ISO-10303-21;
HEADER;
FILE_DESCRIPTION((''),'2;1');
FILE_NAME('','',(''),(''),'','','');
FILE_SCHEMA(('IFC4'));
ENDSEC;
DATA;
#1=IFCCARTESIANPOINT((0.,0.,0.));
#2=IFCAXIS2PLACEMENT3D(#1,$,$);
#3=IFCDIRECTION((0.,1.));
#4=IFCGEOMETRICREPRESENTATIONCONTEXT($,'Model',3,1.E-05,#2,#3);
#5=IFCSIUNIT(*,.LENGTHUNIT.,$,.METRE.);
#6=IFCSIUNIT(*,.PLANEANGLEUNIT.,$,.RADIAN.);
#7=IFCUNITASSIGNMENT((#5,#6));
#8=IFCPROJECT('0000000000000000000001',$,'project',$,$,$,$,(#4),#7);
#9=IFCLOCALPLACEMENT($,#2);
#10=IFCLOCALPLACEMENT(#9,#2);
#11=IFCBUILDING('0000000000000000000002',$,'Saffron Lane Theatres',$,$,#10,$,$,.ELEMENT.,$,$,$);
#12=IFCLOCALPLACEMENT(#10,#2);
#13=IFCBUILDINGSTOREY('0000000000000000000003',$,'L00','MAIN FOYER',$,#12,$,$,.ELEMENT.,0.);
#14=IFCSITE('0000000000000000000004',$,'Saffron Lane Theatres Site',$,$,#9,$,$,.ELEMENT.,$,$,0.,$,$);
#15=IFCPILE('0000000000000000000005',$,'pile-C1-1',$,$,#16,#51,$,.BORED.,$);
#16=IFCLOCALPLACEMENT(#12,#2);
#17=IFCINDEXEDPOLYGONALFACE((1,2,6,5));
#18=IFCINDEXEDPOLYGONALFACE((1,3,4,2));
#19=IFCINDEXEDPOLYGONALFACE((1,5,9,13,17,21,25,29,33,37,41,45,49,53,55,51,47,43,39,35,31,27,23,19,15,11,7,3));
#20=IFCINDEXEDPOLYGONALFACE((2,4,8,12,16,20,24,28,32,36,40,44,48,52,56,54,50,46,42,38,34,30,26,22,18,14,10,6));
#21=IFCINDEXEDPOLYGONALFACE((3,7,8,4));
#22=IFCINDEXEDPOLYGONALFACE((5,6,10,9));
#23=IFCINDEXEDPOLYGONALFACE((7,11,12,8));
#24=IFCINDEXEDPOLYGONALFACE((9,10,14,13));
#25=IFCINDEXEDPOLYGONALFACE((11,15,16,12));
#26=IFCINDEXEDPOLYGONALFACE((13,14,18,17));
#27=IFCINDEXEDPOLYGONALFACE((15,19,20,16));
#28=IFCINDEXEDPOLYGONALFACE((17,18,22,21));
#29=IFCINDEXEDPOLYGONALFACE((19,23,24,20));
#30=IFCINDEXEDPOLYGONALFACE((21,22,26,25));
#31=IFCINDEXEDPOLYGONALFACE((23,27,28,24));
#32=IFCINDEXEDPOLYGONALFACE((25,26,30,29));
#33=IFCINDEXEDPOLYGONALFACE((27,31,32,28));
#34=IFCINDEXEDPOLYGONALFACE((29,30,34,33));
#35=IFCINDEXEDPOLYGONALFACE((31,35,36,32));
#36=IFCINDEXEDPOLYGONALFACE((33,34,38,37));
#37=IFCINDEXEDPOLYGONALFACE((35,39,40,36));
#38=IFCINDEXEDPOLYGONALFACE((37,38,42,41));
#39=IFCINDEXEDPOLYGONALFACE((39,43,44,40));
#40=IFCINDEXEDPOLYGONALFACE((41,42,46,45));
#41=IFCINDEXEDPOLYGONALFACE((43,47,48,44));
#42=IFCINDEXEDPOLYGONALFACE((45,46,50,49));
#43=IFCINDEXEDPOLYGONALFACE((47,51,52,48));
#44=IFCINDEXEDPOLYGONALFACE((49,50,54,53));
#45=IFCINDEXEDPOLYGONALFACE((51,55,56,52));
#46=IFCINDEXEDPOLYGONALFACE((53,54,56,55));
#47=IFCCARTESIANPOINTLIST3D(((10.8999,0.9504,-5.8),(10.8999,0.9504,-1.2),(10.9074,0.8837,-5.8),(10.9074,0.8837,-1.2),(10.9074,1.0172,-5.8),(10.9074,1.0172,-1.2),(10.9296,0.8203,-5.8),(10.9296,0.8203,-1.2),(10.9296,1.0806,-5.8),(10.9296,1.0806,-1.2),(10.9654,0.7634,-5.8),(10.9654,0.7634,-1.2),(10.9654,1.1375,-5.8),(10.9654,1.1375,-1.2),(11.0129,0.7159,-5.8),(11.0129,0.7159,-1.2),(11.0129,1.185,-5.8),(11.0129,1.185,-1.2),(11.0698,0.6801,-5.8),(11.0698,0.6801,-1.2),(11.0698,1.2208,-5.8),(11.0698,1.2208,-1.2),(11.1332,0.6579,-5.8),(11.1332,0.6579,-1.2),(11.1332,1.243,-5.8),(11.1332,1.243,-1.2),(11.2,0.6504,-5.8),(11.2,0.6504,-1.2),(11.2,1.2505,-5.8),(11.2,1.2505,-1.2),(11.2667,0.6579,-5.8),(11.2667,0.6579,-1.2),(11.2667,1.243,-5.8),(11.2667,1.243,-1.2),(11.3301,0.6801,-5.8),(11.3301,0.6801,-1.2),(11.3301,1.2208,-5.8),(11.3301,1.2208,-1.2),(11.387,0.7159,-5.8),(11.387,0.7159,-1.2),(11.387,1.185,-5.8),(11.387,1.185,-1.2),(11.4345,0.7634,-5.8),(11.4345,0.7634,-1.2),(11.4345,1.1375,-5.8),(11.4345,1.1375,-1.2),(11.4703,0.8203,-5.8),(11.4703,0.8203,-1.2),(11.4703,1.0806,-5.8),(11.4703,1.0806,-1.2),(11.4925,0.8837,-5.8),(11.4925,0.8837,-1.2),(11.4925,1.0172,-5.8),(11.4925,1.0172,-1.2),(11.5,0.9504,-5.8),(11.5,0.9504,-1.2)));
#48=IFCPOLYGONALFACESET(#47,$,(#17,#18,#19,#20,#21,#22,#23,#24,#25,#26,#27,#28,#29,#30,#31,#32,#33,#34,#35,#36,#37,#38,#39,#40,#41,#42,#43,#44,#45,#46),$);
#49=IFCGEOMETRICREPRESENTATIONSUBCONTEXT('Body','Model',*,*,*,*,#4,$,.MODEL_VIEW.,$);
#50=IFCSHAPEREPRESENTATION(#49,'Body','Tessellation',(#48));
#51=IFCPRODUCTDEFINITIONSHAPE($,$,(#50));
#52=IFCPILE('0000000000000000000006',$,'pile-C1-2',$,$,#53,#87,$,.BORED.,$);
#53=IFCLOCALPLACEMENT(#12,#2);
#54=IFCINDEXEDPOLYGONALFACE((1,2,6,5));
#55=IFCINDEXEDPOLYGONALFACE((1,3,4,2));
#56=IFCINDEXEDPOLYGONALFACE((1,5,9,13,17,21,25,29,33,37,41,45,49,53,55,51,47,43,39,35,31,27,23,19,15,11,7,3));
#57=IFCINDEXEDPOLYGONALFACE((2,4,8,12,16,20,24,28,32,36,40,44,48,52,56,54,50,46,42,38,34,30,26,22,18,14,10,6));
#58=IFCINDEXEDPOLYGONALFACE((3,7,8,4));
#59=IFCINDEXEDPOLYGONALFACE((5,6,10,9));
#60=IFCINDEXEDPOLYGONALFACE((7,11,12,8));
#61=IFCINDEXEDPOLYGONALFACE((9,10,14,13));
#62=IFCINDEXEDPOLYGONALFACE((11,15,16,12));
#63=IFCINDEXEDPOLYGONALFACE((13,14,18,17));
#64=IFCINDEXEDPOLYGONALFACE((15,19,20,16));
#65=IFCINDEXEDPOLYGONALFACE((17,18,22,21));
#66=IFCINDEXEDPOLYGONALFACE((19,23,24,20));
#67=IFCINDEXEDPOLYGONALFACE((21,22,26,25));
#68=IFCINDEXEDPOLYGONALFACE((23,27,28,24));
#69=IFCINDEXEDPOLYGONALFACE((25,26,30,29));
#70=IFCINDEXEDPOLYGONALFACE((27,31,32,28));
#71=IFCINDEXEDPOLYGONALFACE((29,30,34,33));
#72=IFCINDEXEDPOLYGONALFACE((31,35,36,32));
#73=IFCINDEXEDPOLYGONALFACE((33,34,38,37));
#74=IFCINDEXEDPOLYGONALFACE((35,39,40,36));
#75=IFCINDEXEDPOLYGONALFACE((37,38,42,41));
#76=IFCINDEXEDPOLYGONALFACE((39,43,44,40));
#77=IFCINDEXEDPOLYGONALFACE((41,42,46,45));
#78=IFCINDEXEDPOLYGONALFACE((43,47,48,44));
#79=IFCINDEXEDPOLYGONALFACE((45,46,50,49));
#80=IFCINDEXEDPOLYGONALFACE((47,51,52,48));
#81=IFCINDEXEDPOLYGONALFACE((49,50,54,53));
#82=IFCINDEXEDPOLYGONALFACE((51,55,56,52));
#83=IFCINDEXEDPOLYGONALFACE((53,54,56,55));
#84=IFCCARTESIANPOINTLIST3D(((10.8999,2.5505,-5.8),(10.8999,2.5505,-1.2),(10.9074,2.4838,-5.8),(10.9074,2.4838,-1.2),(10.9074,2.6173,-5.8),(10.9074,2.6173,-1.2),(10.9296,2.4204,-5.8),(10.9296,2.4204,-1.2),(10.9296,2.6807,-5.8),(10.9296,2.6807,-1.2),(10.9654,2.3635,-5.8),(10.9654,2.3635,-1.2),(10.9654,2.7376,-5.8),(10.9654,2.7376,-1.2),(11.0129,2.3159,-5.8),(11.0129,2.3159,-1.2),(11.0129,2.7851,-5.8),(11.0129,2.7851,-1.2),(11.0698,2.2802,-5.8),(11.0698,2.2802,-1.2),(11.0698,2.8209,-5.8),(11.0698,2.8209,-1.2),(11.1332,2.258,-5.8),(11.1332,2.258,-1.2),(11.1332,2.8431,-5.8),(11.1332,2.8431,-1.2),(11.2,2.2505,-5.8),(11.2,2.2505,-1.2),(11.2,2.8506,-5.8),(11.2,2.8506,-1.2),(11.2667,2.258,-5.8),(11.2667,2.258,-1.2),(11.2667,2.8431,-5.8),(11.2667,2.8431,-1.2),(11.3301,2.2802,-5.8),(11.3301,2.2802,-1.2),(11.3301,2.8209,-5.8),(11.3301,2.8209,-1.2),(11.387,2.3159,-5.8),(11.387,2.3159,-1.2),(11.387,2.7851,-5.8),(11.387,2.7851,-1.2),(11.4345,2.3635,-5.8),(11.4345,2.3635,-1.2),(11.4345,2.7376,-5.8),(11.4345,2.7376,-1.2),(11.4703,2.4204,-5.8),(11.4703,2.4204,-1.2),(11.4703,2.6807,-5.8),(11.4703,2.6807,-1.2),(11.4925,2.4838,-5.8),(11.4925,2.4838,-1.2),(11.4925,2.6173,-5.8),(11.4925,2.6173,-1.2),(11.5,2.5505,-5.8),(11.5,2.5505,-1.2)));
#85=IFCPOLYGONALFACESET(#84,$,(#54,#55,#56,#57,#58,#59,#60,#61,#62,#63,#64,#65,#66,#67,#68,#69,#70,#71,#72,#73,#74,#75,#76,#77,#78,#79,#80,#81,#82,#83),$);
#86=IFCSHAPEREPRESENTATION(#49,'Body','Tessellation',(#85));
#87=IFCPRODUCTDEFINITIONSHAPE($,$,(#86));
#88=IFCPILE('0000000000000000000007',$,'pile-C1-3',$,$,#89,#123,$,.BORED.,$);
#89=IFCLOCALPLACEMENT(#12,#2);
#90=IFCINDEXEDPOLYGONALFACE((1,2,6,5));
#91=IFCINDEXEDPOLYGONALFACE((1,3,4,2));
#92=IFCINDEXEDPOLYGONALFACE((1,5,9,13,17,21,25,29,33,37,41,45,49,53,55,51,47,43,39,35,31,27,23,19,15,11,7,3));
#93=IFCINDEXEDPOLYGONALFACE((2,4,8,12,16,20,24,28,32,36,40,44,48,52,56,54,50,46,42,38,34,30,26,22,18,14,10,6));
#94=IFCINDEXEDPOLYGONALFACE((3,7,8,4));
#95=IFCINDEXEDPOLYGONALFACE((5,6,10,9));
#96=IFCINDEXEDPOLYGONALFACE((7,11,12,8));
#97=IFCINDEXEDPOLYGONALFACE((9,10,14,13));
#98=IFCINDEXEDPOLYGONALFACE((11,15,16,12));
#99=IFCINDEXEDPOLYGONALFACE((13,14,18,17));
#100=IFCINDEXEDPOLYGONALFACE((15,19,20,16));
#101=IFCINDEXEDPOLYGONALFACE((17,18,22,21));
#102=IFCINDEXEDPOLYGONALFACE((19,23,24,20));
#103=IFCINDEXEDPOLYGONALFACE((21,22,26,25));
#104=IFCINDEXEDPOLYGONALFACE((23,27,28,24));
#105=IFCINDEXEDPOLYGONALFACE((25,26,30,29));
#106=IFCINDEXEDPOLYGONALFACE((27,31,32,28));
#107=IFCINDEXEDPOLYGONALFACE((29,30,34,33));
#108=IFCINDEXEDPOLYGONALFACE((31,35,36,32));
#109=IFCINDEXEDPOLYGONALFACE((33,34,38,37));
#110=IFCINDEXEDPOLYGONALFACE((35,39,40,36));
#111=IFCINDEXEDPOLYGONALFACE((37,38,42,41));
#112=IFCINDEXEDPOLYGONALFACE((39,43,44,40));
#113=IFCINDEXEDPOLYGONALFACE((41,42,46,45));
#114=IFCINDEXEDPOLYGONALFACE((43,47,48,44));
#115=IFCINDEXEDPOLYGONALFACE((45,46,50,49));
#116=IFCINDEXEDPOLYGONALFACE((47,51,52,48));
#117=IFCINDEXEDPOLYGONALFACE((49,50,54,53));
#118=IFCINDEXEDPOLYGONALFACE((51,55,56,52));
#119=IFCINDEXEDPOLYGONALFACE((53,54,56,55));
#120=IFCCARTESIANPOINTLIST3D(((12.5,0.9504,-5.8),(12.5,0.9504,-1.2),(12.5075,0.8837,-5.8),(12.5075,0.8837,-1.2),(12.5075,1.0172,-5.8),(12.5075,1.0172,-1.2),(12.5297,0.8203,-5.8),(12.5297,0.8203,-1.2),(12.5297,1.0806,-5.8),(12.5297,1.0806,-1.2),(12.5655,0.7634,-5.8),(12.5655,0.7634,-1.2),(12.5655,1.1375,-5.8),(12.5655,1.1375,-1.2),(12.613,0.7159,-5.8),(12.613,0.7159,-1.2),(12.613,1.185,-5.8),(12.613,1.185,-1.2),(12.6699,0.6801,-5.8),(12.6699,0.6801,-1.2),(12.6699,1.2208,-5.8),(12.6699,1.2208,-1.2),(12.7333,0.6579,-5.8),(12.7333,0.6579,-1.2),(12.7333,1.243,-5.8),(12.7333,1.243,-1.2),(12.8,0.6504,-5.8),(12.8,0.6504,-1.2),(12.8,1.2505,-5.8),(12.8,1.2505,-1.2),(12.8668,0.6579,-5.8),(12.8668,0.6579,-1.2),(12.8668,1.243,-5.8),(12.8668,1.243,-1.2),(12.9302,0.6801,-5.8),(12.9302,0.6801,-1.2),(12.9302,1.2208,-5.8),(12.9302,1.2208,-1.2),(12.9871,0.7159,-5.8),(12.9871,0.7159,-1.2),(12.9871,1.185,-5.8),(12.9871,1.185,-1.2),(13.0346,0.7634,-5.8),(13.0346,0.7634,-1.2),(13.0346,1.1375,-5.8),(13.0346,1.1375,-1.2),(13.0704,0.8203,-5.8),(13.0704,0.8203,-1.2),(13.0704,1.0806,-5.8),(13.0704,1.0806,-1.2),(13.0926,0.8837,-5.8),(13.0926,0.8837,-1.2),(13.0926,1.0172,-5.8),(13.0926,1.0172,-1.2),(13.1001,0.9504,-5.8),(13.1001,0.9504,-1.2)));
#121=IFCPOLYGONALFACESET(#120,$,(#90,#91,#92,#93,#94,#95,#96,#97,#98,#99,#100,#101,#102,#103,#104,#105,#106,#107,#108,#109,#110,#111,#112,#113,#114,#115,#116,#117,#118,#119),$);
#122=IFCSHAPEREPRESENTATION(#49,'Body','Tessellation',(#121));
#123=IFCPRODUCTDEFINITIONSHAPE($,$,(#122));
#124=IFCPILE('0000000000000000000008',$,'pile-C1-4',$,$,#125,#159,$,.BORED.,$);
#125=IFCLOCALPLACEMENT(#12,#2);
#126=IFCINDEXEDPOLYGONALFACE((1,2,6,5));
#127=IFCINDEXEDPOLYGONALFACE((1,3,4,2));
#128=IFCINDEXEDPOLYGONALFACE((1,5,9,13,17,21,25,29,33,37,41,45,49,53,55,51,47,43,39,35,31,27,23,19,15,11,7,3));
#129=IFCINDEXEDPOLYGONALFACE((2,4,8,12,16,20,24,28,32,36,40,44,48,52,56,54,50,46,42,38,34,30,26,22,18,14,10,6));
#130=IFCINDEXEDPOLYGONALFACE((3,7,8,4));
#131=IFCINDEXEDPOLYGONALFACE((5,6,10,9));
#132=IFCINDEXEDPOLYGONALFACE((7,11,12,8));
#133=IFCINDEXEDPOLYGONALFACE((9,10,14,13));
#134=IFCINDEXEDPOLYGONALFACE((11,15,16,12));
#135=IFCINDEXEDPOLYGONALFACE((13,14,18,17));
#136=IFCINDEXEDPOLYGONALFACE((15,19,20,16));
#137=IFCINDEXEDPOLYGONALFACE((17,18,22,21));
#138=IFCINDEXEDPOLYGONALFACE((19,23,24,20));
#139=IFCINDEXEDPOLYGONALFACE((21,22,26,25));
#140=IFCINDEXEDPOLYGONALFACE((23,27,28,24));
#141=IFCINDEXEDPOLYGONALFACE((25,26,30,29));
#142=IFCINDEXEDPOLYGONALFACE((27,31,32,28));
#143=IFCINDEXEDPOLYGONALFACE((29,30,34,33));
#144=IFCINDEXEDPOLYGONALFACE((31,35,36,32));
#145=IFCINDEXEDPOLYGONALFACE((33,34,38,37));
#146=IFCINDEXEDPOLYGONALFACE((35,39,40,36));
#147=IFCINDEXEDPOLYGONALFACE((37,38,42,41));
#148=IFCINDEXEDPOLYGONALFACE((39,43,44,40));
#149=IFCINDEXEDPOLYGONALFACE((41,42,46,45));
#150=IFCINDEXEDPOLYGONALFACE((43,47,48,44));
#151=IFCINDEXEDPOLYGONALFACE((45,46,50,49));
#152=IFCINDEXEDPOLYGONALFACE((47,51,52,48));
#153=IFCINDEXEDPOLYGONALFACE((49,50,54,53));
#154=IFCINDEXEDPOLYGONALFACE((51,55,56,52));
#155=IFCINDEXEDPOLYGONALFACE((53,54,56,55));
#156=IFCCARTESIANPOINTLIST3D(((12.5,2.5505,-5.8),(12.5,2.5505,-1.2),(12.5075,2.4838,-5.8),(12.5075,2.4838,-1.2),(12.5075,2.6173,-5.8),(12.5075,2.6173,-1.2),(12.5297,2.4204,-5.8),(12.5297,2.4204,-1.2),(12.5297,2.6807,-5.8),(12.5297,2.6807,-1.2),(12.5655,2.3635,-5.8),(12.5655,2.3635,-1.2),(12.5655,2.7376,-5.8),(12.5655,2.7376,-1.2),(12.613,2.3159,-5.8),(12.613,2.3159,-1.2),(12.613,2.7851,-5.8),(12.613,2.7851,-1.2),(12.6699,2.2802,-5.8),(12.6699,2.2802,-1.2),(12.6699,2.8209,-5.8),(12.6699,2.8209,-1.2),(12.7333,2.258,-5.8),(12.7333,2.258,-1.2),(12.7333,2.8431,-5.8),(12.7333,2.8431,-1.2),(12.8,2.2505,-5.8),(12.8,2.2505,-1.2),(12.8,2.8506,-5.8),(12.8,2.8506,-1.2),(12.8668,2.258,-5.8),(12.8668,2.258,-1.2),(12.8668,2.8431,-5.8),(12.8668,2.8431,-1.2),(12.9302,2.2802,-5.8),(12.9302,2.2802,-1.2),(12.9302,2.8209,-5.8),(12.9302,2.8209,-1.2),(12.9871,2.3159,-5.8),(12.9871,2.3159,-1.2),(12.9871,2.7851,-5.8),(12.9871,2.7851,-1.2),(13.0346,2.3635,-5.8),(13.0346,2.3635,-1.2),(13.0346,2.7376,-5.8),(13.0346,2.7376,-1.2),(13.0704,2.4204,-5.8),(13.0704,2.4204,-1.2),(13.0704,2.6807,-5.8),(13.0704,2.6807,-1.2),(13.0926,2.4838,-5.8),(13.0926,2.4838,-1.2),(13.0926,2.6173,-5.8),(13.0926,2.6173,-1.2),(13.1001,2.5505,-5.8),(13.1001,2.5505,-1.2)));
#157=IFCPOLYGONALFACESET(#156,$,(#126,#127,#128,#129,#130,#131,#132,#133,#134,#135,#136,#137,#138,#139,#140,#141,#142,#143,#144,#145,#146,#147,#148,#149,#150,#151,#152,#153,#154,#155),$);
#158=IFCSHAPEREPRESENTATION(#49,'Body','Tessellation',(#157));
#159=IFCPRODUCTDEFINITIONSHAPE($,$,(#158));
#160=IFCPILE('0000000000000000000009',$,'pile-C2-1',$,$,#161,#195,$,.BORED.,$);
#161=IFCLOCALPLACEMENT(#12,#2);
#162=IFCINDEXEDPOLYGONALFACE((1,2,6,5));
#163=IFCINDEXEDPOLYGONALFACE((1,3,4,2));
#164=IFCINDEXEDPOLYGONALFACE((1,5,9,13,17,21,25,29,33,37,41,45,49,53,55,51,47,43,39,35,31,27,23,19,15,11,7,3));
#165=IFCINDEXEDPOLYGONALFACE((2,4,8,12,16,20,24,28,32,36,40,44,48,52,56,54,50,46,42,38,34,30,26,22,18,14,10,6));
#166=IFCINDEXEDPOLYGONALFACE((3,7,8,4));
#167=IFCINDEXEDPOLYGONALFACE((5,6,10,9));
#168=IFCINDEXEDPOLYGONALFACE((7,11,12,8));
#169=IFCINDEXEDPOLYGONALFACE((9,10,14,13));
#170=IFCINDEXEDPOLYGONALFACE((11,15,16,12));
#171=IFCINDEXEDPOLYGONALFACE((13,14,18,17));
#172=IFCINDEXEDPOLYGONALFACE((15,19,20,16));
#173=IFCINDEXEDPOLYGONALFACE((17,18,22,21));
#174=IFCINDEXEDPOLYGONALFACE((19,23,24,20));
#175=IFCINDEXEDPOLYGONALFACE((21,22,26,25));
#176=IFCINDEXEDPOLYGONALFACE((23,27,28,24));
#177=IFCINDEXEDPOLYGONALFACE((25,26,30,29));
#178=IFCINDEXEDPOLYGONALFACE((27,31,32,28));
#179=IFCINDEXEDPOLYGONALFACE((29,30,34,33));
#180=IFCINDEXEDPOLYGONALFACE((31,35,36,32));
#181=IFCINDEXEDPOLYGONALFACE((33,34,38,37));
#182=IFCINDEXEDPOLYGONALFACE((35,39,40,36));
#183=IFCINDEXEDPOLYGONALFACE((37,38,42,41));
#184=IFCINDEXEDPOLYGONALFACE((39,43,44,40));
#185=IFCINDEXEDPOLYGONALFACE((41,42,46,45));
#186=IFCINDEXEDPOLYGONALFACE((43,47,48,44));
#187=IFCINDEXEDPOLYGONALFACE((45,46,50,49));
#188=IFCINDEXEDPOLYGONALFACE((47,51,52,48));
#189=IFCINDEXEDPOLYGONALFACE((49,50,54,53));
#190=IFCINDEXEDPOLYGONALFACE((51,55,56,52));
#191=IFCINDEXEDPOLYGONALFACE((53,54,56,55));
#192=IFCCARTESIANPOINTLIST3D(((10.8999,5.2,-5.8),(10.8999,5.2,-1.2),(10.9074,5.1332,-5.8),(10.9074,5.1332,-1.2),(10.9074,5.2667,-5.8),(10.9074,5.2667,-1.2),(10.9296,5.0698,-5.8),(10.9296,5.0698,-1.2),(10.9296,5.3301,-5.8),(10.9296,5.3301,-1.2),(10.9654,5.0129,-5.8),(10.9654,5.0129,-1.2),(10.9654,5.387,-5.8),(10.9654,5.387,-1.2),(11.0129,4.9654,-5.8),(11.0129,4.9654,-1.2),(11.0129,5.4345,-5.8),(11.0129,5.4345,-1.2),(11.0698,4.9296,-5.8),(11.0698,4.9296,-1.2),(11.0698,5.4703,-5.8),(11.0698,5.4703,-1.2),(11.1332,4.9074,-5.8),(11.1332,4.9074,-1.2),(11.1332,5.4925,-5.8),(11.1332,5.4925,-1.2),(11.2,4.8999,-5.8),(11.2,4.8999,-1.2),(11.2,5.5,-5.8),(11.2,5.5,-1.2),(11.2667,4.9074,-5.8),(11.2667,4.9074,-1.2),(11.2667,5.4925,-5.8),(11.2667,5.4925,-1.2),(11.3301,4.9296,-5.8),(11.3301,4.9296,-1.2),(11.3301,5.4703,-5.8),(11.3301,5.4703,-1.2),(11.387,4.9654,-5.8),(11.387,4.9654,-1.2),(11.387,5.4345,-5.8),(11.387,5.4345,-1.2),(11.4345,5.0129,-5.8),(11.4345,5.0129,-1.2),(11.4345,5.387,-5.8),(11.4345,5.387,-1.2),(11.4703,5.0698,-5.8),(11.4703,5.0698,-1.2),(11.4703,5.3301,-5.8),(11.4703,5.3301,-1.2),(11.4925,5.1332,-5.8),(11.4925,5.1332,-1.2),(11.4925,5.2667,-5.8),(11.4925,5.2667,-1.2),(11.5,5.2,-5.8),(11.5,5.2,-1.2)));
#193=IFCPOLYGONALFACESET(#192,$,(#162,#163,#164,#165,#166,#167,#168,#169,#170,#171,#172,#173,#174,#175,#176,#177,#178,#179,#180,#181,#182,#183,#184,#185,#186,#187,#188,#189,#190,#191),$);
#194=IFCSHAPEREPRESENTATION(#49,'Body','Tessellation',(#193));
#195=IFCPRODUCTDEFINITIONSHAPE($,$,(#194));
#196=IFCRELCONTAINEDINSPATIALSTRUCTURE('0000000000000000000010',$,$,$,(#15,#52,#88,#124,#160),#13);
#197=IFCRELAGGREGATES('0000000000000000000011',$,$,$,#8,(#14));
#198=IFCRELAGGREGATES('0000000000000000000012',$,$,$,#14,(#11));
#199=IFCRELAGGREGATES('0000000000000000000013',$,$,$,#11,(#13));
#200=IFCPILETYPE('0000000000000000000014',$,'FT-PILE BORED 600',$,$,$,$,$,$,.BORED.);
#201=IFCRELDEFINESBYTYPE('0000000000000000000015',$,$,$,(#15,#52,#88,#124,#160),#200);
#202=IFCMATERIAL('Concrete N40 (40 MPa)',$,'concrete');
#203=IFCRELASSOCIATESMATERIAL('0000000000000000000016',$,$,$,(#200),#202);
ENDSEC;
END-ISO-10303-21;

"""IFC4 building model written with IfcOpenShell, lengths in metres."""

from ifc_helpers import new_model, si_unit, direction, frame, origin, origin_2d, place, context, subcontext, project, spatial, circle, extrude, material, material_profile, profile_set, type_object, element, save


model = new_model("IFC4")

# Units and contexts
model_context = context("Model", 3, precision=1e-05, world=origin(), true_north=direction((0.0, 1.0)))
body_context = subcontext(model_context, "Body", "Model", "MODEL_VIEW")
ifc_project = project(units=[si_unit("LENGTHUNIT", "METRE"), si_unit("PLANEANGLEUNIT", "RADIAN")], contexts=[model_context])

# Site, building, storey
site_placement = place(None, origin())
site = spatial("IfcSite", under=ifc_project, at=site_placement, Name="Saffron Lane Theatres Site", CompositionType="ELEMENT", RefElevation=0.0)
building_placement = place(site_placement, origin())
building = spatial("IfcBuilding", under=site, at=building_placement, Name="Saffron Lane Theatres", CompositionType="ELEMENT")
storey_placement = place(building_placement, origin())
storey = spatial("IfcBuildingStorey", under=building, at=storey_placement, Name="L00", Description="MAIN FOYER", CompositionType="ELEMENT", Elevation=0.0)

# Piles
ifc_material_1 = material(Name="Concrete N40 (40 MPa)", Category="concrete")
ifc_material_profile_1 = material_profile(ifc_material_1, circle(Radius=0.3, at=origin_2d()))
ifc_profile_set_1 = profile_set([ifc_material_profile_1], Name="Concrete N40 (40 MPa)")
pile_type = type_object("IfcPileType", Name="FT-PILE BORED 600", PredefinedType="BORED", material=ifc_profile_set_1)
for number, where, z_axis, x_axis, name in (
    (1, (11.2, 0.9504, -1.2), (0.0, 0.0, -1.0), (1.0, 0.0, 0.0), "pile-C1-1"),
    (2, (11.2, 2.5505, -1.2), (0.0, 0.0, -1.0), (1.0, 0.0, 0.0), "pile-C1-2"),
    (3, (12.8, 0.9504, -1.2), (0.0, 0.0, -1.0), (1.0, 0.0, 0.0), "pile-C1-3"),
    (4, (12.8, 2.5505, -1.2), (0.0, 0.0, -1.0), (1.0, 0.0, 0.0), "pile-C1-4"),
    (5, (11.2, 5.2, -1.2), (0.0, 0.0, -1.0), (1.0, 0.0, 0.0), "pile-C2-1"),
):
    element("IfcPile", number, at=place(storey_placement, frame(where, z_axis=z_axis, x_axis=x_axis)), inside=storey, type_object=pile_type, Name=name, PredefinedType="BORED", context=body_context, shape_type="SweptSolid", body=[
        extrude(circle(Radius=0.3, at=origin_2d()), origin(), (0.0, 0.0, 1.0), 4.6001),
    ])

save(model, "model.ifc")
